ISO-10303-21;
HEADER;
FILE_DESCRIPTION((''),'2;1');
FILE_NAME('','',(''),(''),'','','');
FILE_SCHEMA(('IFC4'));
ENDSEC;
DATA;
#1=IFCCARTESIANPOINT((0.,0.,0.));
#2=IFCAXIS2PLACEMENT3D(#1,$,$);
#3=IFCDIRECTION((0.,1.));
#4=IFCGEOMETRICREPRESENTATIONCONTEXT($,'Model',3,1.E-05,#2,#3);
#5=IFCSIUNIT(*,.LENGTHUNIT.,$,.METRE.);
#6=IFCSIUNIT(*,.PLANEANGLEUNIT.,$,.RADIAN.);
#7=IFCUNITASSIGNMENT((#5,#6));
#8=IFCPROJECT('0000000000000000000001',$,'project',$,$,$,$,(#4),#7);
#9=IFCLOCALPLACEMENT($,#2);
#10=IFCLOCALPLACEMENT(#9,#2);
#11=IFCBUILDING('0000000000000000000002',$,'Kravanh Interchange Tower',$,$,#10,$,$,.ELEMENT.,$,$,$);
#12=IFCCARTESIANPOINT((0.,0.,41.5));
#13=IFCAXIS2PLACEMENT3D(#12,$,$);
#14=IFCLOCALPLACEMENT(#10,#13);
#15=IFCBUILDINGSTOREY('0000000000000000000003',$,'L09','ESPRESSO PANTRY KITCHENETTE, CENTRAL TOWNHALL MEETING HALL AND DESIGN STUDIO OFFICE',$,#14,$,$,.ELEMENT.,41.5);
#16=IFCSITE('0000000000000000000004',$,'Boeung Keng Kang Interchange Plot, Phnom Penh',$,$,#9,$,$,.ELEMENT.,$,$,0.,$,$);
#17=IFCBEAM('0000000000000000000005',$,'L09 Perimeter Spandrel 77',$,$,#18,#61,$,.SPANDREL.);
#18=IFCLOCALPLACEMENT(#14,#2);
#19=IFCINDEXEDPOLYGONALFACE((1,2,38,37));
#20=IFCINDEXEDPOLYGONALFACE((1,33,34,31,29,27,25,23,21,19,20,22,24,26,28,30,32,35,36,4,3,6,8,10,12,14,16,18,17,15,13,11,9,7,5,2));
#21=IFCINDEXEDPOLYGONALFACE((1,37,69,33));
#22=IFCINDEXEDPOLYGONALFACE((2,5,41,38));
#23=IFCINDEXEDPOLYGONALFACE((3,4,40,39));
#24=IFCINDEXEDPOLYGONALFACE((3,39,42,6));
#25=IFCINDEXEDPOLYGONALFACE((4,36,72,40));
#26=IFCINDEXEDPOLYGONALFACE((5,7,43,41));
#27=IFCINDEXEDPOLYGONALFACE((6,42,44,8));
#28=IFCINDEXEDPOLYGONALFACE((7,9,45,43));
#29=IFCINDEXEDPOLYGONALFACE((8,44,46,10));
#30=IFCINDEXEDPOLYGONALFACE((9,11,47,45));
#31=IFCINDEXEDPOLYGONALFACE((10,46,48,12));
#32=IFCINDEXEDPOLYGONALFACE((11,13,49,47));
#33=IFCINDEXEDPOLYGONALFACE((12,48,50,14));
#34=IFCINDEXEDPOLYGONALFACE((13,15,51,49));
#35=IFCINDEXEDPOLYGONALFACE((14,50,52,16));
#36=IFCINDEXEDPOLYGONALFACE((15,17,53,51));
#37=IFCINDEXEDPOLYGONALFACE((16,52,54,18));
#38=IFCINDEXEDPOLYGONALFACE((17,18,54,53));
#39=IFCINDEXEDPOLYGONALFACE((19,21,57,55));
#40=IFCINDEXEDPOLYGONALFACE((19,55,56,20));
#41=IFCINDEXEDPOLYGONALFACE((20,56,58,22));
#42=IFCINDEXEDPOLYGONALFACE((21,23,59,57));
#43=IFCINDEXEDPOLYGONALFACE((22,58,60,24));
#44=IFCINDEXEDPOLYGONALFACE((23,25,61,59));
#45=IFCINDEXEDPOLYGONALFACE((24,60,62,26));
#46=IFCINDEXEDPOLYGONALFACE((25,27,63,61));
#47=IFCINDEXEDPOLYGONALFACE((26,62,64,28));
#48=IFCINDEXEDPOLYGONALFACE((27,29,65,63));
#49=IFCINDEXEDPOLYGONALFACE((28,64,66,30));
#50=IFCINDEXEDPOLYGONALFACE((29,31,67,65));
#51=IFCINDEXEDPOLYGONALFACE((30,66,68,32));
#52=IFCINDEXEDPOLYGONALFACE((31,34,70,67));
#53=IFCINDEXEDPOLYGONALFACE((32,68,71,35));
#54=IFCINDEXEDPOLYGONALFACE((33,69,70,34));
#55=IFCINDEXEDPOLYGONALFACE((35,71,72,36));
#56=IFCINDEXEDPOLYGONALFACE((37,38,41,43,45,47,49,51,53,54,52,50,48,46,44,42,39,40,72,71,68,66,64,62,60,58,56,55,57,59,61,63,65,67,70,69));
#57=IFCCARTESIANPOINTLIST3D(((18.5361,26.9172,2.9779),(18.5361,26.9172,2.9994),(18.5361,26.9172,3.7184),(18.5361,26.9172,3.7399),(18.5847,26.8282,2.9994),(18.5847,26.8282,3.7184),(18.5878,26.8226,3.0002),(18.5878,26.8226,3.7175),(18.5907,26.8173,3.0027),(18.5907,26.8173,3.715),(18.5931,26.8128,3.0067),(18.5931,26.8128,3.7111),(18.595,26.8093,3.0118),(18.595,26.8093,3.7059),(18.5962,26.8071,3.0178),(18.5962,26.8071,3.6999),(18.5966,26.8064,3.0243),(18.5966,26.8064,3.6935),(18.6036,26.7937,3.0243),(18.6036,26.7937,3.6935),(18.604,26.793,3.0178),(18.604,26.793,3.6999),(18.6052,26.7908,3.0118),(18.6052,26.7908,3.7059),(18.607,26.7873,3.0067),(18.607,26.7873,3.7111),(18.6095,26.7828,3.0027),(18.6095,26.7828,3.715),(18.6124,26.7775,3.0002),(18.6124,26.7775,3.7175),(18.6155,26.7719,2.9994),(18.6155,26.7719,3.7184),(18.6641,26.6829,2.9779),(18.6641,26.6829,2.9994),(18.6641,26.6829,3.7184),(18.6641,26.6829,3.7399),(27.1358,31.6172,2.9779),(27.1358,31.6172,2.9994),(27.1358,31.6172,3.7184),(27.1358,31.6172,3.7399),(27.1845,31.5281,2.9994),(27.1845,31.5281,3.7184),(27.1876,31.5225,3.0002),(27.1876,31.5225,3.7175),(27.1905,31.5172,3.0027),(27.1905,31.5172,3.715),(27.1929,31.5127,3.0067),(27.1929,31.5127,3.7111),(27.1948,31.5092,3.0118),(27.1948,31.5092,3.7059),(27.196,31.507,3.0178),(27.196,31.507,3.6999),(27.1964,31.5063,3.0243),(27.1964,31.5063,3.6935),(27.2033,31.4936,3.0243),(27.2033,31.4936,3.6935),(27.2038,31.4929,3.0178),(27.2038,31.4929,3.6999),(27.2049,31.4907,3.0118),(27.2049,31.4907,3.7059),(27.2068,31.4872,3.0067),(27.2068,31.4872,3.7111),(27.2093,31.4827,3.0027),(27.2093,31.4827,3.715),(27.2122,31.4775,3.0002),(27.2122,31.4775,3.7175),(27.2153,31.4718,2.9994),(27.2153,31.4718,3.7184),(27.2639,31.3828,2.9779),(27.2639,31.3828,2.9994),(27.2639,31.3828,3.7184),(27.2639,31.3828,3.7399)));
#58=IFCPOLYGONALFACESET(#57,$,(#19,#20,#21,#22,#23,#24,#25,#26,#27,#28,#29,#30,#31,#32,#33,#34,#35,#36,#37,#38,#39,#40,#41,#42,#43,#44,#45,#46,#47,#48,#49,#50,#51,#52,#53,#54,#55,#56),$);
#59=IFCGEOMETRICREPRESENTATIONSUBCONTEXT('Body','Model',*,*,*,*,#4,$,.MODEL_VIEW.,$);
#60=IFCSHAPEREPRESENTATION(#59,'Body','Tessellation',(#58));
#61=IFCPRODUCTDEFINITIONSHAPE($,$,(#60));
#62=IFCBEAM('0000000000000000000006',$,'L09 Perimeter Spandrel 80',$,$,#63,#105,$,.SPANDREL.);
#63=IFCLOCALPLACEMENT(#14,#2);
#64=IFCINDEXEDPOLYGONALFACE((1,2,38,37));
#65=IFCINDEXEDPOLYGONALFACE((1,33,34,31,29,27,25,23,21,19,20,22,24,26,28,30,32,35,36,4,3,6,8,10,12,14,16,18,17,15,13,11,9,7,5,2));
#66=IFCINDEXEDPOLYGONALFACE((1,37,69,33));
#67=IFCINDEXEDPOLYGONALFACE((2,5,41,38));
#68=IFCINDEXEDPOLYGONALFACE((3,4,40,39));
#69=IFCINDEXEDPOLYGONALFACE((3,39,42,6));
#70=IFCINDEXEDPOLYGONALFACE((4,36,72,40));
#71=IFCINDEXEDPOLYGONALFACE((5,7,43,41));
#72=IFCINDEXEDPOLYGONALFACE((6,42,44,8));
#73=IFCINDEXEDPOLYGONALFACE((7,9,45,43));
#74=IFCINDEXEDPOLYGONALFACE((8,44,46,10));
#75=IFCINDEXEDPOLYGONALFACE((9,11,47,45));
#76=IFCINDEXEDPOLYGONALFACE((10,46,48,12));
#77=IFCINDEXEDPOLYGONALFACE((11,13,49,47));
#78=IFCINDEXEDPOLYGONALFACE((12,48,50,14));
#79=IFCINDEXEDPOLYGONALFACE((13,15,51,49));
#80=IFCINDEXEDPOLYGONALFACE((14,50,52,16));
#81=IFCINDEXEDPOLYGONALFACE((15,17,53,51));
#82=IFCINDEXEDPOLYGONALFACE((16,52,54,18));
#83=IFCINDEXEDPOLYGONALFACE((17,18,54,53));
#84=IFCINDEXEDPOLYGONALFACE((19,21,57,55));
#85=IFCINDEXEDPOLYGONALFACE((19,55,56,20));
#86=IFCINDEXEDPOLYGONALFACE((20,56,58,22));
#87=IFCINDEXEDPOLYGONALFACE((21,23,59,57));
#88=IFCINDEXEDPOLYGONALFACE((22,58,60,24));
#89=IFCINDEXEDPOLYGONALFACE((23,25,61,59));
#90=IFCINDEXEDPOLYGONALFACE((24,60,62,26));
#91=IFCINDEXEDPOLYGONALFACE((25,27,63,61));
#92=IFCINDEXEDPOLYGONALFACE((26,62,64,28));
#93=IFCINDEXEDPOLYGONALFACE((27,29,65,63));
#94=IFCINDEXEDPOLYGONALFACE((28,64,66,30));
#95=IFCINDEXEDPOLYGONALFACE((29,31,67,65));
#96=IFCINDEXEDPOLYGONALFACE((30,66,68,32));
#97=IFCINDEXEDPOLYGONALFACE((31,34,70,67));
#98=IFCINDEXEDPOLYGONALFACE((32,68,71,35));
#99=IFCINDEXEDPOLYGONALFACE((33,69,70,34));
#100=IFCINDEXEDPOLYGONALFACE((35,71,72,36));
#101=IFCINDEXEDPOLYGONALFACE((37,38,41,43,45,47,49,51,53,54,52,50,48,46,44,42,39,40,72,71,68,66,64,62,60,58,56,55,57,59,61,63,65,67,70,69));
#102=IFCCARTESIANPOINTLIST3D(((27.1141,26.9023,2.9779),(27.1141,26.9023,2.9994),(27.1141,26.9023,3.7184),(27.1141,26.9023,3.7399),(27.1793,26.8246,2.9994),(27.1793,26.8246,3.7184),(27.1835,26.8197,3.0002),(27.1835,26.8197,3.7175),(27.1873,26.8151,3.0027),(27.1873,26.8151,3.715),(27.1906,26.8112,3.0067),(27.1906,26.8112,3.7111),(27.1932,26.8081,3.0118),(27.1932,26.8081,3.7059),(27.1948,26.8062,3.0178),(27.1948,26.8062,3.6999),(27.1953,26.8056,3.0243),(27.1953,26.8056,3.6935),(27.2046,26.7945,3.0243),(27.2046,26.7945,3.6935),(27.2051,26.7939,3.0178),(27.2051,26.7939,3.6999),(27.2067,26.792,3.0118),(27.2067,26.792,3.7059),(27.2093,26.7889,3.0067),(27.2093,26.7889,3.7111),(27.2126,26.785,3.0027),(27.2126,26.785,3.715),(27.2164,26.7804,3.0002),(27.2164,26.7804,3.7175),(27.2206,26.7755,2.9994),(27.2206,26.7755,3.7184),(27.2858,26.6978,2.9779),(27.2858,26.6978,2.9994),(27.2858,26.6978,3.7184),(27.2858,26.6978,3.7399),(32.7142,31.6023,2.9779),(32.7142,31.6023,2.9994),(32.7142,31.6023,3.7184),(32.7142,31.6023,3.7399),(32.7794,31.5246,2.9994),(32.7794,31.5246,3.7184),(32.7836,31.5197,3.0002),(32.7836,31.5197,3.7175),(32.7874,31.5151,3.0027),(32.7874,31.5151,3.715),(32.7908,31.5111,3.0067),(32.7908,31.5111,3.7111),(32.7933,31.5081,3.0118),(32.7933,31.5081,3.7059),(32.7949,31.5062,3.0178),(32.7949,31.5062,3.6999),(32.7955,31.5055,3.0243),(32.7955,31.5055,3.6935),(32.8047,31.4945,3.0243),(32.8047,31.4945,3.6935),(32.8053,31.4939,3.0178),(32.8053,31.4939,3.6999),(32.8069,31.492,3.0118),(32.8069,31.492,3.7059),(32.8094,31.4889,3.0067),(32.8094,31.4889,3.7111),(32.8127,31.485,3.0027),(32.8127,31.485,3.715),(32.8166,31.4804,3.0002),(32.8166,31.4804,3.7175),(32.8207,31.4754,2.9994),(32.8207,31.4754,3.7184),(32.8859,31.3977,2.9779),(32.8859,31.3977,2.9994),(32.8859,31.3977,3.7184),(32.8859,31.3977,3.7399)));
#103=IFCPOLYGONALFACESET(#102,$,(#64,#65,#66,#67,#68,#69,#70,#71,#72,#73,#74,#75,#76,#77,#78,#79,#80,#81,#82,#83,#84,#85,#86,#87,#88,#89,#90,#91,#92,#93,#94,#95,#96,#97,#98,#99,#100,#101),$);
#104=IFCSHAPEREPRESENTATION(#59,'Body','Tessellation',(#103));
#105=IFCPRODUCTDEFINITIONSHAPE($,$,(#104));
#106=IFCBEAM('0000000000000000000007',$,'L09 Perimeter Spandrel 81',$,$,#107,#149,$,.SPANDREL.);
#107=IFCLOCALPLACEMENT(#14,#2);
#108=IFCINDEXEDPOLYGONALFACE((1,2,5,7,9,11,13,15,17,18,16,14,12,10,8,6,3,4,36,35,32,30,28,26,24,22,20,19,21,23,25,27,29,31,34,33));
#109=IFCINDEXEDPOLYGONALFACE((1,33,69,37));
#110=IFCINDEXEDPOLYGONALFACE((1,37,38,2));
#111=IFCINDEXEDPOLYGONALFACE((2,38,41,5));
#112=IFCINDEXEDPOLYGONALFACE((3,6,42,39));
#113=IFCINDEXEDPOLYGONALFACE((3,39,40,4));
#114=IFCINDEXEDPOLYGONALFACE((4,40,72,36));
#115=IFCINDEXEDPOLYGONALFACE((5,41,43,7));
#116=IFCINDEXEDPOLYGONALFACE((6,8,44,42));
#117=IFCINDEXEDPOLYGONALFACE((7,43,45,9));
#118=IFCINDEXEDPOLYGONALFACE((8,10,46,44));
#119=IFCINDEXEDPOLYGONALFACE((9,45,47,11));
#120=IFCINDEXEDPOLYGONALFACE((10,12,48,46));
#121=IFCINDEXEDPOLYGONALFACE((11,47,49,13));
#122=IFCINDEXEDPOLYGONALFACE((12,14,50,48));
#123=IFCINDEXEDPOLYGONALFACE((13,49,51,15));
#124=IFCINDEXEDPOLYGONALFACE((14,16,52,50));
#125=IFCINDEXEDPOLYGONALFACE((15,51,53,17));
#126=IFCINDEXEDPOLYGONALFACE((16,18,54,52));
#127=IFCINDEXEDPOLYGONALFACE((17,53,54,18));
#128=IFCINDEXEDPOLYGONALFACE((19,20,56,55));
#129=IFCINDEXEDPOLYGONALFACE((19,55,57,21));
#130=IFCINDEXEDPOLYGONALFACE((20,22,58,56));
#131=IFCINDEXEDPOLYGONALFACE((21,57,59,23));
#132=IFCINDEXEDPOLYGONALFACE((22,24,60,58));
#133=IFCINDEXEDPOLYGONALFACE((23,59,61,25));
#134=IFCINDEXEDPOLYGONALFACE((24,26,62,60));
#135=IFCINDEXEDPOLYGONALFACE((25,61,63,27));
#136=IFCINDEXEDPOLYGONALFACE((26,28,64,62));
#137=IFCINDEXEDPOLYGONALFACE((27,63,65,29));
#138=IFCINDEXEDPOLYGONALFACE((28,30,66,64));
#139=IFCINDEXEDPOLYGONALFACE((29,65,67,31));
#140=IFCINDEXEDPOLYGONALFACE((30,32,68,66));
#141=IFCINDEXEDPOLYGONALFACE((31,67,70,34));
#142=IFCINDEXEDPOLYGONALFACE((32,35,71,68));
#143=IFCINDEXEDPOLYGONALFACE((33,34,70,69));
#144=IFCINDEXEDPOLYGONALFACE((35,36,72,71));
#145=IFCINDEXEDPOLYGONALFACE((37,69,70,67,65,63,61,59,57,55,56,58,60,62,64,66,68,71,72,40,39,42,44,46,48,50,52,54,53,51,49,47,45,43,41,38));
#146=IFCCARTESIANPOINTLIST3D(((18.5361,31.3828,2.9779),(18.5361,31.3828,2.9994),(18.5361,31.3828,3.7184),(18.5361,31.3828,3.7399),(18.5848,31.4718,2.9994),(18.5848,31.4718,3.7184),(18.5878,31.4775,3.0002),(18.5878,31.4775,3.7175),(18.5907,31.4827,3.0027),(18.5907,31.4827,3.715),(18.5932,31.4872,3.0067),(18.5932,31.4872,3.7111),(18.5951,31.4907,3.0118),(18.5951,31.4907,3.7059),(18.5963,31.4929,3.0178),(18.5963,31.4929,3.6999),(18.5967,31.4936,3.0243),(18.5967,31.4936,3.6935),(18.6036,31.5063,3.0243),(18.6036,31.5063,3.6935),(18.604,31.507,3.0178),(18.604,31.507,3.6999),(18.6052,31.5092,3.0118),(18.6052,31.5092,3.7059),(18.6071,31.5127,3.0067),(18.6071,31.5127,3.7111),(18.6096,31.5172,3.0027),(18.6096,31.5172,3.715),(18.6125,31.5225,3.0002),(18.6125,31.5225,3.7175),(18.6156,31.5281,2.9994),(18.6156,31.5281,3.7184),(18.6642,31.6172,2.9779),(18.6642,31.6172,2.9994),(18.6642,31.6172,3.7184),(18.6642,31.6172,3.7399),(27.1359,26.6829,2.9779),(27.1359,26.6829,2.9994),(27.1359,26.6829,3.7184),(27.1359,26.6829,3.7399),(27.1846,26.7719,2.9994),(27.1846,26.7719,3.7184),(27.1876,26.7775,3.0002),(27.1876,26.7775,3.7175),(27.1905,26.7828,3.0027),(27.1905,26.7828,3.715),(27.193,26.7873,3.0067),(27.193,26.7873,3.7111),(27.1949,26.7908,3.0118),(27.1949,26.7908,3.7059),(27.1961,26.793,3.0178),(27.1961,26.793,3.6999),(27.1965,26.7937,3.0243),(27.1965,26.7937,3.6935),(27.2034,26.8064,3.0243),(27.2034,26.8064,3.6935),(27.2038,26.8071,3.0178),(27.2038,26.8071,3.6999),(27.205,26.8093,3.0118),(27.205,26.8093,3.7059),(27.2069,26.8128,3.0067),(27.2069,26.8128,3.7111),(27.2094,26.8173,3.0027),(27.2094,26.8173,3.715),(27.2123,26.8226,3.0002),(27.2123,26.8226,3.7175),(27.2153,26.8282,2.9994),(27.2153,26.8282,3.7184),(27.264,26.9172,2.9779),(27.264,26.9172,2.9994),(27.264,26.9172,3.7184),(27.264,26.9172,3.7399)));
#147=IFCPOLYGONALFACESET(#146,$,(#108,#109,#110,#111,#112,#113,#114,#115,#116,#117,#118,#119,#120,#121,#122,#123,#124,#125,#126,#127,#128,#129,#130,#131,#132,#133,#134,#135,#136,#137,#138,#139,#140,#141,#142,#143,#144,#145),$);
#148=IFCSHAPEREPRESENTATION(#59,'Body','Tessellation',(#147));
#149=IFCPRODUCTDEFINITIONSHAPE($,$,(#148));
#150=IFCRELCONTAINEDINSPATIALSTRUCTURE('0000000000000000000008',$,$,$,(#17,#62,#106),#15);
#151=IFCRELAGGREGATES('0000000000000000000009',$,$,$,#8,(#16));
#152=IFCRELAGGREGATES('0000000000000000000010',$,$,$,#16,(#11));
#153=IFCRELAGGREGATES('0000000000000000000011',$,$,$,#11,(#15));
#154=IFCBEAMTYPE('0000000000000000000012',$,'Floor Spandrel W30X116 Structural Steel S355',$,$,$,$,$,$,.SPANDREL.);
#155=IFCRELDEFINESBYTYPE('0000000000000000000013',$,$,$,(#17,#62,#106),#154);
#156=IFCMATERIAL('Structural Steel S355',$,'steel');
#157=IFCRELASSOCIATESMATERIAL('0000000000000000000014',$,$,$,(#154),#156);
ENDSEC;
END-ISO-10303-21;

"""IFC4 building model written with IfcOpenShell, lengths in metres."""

from ifc_helpers import new_model, si_unit, direction, frame, origin, origin_2d, place, context, subcontext, project, spatial, i_section, extrude, material, material_profile, profile_set, type_object, element, save


model = new_model("IFC4")

# Units and contexts
model_context = context("Model", 3, precision=1e-05, world=origin(), true_north=direction((0.0, 1.0)))
body_context = subcontext(model_context, "Body", "Model", "MODEL_VIEW")
ifc_project = project(units=[si_unit("LENGTHUNIT", "METRE"), si_unit("PLANEANGLEUNIT", "RADIAN")], contexts=[model_context])

# Site, building, storey
site_placement = place(None, origin())
site = spatial("IfcSite", under=ifc_project, at=site_placement, Name="Boeung Keng Kang Interchange Plot, Phnom Penh", CompositionType="ELEMENT", RefElevation=0.0)
building_placement = place(site_placement, origin())
building = spatial("IfcBuilding", under=site, at=building_placement, Name="Kravanh Interchange Tower", CompositionType="ELEMENT")
storey_placement = place(building_placement, frame((0.0, 0.0, 41.5)))
storey = spatial("IfcBuildingStorey", under=building, at=storey_placement, Name="L09", Description="ESPRESSO PANTRY KITCHENETTE, CENTRAL TOWNHALL MEETING HALL AND DESIGN STUDIO OFFICE", CompositionType="ELEMENT", Elevation=41.5)

# Beams
ifc_material_1 = material(Name="Structural Steel S355", Category="steel")
ifc_material_profile_1 = material_profile(ifc_material_1, i_section(OverallWidth=0.2671, OverallDepth=0.762, WebThickness=0.0144, FlangeThickness=0.0215, FilletRadius=0.0249, at=origin_2d()), Name="W30X116")
ifc_profile_set_1 = profile_set([ifc_material_profile_1], Name="Structural Steel S355")
beam_type_1 = type_object("IfcBeamType", Name="Floor Spandrel W30X116 Structural Steel S355", PredefinedType="SPANDREL", material=ifc_profile_set_1)
beam_1_placement = place(storey_placement, frame((18.6001, 26.8, 3.3589), z_axis=(0.877504, 0.479569, 0.0), x_axis=(-0.479569, 0.877504, 0.0)))
element("IfcBeam", 1, at=beam_1_placement, inside=storey, type_object=beam_type_1, Name="L09 Perimeter Spandrel 77", PredefinedType="SPANDREL", context=body_context, shape_type="SweptSolid", body=[
    extrude(i_section(OverallWidth=0.2671, OverallDepth=0.762, WebThickness=0.0144, FlangeThickness=0.0215, FilletRadius=0.0249, at=origin_2d()), origin(), (0.0, 0.0, 1.0), 9.8003),
])
beam_2_placement = place(storey_placement, frame((27.2, 26.8, 3.3589), z_axis=(0.765983, 0.642861, 0.0), x_axis=(-0.642861, 0.765983, 0.0)))
element("IfcBeam", 2, at=beam_2_placement, inside=storey, type_object=beam_type_1, Name="L09 Perimeter Spandrel 80", PredefinedType="SPANDREL", context=body_context, shape_type="SweptSolid", body=[
    extrude(i_section(OverallWidth=0.2671, OverallDepth=0.762, WebThickness=0.0144, FlangeThickness=0.0215, FilletRadius=0.0249, at=origin_2d()), origin(), (0.0, 0.0, 1.0), 7.311),
])
beam_3_placement = place(storey_placement, frame((27.2, 26.8, 3.3589), z_axis=(-0.877504, 0.479569, 0.0), x_axis=(-0.479569, -0.877504, 0.0)))
element("IfcBeam", 3, at=beam_3_placement, inside=storey, type_object=beam_type_1, Name="L09 Perimeter Spandrel 81", PredefinedType="SPANDREL", context=body_context, shape_type="SweptSolid", body=[
    extrude(i_section(OverallWidth=0.2671, OverallDepth=0.762, WebThickness=0.0144, FlangeThickness=0.0215, FilletRadius=0.0249, at=origin_2d()), origin(), (0.0, 0.0, 1.0), 9.8003),
])

save(model, "model.ifc")
